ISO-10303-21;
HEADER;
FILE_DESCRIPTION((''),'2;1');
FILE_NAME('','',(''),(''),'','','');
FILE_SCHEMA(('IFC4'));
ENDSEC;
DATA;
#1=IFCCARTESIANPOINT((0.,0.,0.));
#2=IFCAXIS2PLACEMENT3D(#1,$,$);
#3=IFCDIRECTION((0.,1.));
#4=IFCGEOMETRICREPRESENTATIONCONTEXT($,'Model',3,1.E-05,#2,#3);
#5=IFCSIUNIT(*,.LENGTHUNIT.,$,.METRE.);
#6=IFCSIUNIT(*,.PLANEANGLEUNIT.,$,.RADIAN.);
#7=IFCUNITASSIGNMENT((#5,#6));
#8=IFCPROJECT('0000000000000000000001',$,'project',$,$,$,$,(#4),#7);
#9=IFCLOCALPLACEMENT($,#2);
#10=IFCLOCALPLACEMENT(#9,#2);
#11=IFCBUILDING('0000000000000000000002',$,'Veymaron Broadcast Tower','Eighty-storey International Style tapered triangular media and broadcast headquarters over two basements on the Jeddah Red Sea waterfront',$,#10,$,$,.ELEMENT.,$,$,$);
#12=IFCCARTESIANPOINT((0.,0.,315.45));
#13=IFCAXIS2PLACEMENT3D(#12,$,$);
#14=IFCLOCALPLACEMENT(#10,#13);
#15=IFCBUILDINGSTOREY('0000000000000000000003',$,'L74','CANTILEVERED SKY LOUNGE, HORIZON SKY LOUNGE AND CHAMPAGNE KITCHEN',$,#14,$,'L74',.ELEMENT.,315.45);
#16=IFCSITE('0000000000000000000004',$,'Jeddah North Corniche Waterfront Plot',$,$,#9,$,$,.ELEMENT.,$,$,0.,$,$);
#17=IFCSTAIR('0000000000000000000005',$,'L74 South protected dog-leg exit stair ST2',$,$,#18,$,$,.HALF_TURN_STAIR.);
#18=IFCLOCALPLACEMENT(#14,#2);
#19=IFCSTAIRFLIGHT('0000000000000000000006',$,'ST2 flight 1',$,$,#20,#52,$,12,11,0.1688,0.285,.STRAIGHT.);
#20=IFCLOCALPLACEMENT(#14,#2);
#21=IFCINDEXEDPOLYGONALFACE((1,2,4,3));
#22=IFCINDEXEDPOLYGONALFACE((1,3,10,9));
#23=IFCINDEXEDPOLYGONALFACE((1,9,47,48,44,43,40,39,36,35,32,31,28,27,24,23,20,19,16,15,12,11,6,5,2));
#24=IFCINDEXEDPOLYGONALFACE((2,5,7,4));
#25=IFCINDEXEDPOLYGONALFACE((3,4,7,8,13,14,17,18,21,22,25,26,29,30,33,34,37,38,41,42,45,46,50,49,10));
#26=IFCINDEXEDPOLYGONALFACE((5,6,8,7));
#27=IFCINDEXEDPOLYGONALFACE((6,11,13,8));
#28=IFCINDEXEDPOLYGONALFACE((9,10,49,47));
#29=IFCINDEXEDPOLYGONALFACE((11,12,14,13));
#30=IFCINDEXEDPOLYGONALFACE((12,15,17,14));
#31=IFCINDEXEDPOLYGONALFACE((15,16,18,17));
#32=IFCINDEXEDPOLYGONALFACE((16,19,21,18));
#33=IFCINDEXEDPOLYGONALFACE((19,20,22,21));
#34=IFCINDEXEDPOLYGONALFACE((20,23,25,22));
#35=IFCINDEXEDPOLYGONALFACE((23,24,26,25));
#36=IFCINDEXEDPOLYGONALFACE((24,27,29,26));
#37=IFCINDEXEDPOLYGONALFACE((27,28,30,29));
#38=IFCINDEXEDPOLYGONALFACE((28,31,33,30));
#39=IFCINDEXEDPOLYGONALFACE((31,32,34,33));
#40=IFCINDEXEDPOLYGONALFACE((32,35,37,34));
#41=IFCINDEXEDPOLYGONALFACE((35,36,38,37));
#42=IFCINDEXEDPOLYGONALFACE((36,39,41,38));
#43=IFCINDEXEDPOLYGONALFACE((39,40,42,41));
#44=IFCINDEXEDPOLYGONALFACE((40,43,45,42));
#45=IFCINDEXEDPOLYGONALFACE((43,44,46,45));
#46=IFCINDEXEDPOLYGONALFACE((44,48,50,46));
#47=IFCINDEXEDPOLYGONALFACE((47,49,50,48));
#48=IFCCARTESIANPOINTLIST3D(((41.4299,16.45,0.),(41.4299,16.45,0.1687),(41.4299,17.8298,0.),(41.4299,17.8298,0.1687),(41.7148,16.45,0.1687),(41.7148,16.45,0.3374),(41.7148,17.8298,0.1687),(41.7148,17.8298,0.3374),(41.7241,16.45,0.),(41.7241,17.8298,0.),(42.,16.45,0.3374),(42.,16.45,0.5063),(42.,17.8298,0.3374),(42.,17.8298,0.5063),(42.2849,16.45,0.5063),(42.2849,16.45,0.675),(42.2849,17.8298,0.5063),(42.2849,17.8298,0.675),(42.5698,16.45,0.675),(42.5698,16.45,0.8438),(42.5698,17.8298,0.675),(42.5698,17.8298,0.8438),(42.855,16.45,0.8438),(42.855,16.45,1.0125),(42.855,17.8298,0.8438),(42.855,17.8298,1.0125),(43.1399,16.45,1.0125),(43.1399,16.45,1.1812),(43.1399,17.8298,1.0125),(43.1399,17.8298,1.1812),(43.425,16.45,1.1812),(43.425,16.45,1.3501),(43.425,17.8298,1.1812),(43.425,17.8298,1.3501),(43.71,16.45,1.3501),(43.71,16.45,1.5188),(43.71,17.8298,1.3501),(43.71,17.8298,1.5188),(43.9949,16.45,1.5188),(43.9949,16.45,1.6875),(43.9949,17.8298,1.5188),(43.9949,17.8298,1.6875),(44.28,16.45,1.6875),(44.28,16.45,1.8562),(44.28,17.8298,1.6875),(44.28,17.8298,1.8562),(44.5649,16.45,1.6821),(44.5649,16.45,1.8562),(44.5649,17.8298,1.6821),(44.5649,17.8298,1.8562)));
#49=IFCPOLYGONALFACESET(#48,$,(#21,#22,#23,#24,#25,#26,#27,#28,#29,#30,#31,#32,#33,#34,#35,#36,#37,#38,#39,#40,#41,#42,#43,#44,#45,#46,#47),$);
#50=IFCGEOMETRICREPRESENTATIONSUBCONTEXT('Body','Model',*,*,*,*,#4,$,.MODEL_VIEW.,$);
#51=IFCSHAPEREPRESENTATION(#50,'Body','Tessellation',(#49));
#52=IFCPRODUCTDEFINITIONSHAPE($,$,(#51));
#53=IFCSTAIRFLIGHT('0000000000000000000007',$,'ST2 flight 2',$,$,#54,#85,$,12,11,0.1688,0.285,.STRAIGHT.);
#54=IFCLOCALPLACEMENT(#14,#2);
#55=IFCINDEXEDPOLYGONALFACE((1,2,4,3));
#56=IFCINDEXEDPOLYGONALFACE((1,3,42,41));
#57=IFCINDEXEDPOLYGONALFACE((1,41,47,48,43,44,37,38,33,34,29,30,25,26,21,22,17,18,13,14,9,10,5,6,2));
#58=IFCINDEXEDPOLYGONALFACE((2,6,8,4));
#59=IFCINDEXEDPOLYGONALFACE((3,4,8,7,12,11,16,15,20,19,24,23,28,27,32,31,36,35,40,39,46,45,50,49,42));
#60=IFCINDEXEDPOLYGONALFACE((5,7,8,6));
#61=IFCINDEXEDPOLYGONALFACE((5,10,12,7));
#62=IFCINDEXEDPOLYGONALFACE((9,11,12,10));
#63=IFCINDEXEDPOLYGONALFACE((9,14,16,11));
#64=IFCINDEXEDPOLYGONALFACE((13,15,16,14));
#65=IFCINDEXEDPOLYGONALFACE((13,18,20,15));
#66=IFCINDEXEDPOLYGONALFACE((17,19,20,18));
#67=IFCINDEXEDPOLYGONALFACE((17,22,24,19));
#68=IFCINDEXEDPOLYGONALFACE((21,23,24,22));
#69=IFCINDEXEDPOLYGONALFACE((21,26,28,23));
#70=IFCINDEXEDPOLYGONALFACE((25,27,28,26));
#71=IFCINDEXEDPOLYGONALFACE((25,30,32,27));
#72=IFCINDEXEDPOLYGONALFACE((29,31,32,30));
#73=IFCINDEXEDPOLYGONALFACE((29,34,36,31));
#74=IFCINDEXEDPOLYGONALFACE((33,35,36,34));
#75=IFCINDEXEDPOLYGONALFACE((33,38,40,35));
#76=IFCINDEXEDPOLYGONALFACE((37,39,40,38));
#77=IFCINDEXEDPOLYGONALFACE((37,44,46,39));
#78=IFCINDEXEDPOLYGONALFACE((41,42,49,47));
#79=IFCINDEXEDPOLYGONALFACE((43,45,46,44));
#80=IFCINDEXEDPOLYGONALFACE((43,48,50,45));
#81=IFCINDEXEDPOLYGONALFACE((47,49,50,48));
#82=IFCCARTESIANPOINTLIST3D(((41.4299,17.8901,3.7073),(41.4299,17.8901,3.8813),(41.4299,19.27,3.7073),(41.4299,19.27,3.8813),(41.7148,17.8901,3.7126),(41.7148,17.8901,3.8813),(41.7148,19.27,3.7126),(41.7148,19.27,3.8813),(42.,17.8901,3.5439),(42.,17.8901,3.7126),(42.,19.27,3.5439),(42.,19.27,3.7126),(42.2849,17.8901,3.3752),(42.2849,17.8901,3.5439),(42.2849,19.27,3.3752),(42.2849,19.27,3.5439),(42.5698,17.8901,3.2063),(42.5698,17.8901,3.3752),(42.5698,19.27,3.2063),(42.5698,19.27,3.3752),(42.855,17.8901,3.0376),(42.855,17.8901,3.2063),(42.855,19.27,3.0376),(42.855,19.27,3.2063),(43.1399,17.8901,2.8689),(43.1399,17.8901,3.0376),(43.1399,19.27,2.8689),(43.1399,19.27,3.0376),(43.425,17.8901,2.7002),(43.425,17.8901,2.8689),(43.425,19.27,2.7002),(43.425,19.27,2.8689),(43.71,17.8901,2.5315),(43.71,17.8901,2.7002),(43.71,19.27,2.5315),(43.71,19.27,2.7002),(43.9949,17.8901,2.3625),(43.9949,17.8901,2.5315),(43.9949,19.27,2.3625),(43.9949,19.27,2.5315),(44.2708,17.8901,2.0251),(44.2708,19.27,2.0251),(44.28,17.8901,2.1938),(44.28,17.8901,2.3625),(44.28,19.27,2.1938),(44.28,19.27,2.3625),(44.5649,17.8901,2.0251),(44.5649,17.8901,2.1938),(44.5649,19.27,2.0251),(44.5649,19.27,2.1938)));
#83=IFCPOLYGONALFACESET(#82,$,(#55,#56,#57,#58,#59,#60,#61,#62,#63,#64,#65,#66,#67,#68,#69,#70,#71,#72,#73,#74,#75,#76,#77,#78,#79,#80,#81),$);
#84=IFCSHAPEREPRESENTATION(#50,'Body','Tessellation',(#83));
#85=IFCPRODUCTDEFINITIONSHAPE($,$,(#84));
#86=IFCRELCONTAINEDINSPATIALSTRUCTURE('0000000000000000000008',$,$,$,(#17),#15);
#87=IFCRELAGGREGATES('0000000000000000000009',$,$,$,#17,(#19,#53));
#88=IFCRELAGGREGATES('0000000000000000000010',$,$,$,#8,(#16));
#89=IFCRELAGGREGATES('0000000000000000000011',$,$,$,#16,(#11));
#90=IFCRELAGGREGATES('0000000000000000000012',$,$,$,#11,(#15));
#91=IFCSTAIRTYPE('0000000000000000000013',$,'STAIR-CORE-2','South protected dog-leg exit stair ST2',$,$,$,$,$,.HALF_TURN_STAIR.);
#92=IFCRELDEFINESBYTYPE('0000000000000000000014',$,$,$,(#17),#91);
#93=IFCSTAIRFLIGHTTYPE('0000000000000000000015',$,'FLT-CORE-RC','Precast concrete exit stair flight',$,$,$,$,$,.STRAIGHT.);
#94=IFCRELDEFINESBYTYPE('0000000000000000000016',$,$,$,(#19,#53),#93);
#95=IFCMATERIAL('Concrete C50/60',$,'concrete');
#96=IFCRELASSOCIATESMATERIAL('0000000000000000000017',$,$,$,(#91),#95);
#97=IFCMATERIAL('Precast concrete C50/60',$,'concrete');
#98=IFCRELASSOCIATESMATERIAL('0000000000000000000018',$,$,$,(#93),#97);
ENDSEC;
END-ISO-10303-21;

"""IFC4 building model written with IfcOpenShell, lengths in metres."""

from ifc_helpers import new_model, si_unit, direction, frame, origin, place, context, subcontext, project, spatial, polyline, outline, extrude, material, type_object, element, aggregate, save


model = new_model("IFC4")

# Units and contexts
model_context = context("Model", 3, precision=1e-05, world=origin(), true_north=direction((0.0, 1.0)))
body_context = subcontext(model_context, "Body", "Model", "MODEL_VIEW")
ifc_project = project(units=[si_unit("LENGTHUNIT", "METRE"), si_unit("PLANEANGLEUNIT", "RADIAN")], contexts=[model_context])

# Site, building, storey
site_placement = place(None, origin())
site = spatial("IfcSite", under=ifc_project, at=site_placement, Name="Jeddah North Corniche Waterfront Plot", CompositionType="ELEMENT", RefElevation=0.0)
building_placement = place(site_placement, origin())
building = spatial("IfcBuilding", under=site, at=building_placement, Name="Veymaron Broadcast Tower", Description="Eighty-storey International Style tapered triangular media and broadcast headquarters over two basements on the Jeddah Red Sea waterfront", CompositionType="ELEMENT")
storey_placement = place(building_placement, frame((0.0, 0.0, 315.45)))
storey = spatial("IfcBuildingStorey", under=building, at=storey_placement, Name="L74", Description="CANTILEVERED SKY LOUNGE, HORIZON SKY LOUNGE AND CHAMPAGNE KITCHEN", LongName="L74", CompositionType="ELEMENT", Elevation=315.45)

# Shared definitions
ifc_material_1 = material(Name="Concrete C50/60", Category="concrete")

# Stair, stair flights
stair_type = type_object("IfcStairType", Name="STAIR-CORE-2", Description="South protected dog-leg exit stair ST2", PredefinedType="HALF_TURN_STAIR", material=ifc_material_1)
stair_placement = place(storey_placement, origin())
stair = element("IfcStair", 1, at=stair_placement, inside=storey, type_object=stair_type, Name="L74 South protected dog-leg exit stair ST2", PredefinedType="HALF_TURN_STAIR")
ifc_material_2 = material(Name="Precast concrete C50/60", Category="concrete")
stair_flight_type = type_object("IfcStairFlightType", Name="FLT-CORE-RC", Description="Precast concrete exit stair flight", PredefinedType="STRAIGHT", material=ifc_material_2)
stair_flight_1_placement = place(storey_placement, frame((41.4299, 17.1399, 0.0), z_axis=(0.0, 0.0, 1.0), x_axis=(1.0, 0.0, 0.0)))
stair_flight_1 = element("IfcStairFlight", 2, at=stair_flight_1_placement, type_object=stair_flight_type, Name="ST2 flight 1", NumberOfRisers=12, NumberOfTreads=11, PredefinedType="STRAIGHT", RiserHeight=0.1688, TreadLength=0.285, context=body_context, shape_type="SweptSolid", body=[
    extrude(outline(polyline([(0.0, 0.0), (0.0, 0.1687), (0.2849, 0.1687), (0.2849, 0.3374), (0.5701, 0.3374), (0.5701, 0.5063), (0.855, 0.5063), (0.855, 0.675), (1.1399, 0.675), (1.1399, 0.8438), (1.425, 0.8438), (1.425, 1.0125), (1.71, 1.0125), (1.71, 1.1812), (1.9951, 1.1812), (1.9951, 1.3501), (2.28, 1.3501), (2.28, 1.5188), (2.5649, 1.5188), (2.5649, 1.6875), (2.8501, 1.6875), (2.8501, 1.8562), (3.135, 1.8562), (3.135, 2.0249), (3.135, 1.6821), (0.2942, 0.0), (0.0, 0.0)])), frame((0.0, 0.6899, 0.0), z_axis=(0.0, -1.0, 0.0), x_axis=(1.0, 0.0, 0.0)), (0.0, 0.0, 1.0), 1.3799),
])
stair_flight_2_placement = place(storey_placement, frame((44.5649, 18.5801, 2.0251), z_axis=(0.0, 0.0, 1.0), x_axis=(-1.0, 0.0, 0.0)))
stair_flight_2 = element("IfcStairFlight", 3, at=stair_flight_2_placement, type_object=stair_flight_type, Name="ST2 flight 2", NumberOfRisers=12, NumberOfTreads=11, PredefinedType="STRAIGHT", RiserHeight=0.1688, TreadLength=0.285, context=body_context, shape_type="SweptSolid", body=[
    extrude(outline(polyline([(0.0, 0.0), (0.0, 0.1687), (0.2849, 0.1687), (0.2849, 0.3374), (0.5701, 0.3374), (0.5701, 0.5063), (0.855, 0.5063), (0.855, 0.675), (1.1399, 0.675), (1.1399, 0.8438), (1.425, 0.8438), (1.425, 1.0125), (1.71, 1.0125), (1.71, 1.1812), (1.9951, 1.1812), (1.9951, 1.3501), (2.28, 1.3501), (2.28, 1.5188), (2.5649, 1.5188), (2.5649, 1.6875), (2.8501, 1.6875), (2.8501, 1.8562), (3.135, 1.8562), (3.135, 2.0249), (3.135, 1.6821), (0.2942, 0.0), (0.0, 0.0)])), frame((0.0, 0.6899, 0.0), z_axis=(0.0, -1.0, 0.0), x_axis=(1.0, 0.0, 0.0)), (0.0, 0.0, 1.0), 1.3799),
])
aggregate(stair, [stair_flight_1, stair_flight_2])

save(model, "model.ifc")
